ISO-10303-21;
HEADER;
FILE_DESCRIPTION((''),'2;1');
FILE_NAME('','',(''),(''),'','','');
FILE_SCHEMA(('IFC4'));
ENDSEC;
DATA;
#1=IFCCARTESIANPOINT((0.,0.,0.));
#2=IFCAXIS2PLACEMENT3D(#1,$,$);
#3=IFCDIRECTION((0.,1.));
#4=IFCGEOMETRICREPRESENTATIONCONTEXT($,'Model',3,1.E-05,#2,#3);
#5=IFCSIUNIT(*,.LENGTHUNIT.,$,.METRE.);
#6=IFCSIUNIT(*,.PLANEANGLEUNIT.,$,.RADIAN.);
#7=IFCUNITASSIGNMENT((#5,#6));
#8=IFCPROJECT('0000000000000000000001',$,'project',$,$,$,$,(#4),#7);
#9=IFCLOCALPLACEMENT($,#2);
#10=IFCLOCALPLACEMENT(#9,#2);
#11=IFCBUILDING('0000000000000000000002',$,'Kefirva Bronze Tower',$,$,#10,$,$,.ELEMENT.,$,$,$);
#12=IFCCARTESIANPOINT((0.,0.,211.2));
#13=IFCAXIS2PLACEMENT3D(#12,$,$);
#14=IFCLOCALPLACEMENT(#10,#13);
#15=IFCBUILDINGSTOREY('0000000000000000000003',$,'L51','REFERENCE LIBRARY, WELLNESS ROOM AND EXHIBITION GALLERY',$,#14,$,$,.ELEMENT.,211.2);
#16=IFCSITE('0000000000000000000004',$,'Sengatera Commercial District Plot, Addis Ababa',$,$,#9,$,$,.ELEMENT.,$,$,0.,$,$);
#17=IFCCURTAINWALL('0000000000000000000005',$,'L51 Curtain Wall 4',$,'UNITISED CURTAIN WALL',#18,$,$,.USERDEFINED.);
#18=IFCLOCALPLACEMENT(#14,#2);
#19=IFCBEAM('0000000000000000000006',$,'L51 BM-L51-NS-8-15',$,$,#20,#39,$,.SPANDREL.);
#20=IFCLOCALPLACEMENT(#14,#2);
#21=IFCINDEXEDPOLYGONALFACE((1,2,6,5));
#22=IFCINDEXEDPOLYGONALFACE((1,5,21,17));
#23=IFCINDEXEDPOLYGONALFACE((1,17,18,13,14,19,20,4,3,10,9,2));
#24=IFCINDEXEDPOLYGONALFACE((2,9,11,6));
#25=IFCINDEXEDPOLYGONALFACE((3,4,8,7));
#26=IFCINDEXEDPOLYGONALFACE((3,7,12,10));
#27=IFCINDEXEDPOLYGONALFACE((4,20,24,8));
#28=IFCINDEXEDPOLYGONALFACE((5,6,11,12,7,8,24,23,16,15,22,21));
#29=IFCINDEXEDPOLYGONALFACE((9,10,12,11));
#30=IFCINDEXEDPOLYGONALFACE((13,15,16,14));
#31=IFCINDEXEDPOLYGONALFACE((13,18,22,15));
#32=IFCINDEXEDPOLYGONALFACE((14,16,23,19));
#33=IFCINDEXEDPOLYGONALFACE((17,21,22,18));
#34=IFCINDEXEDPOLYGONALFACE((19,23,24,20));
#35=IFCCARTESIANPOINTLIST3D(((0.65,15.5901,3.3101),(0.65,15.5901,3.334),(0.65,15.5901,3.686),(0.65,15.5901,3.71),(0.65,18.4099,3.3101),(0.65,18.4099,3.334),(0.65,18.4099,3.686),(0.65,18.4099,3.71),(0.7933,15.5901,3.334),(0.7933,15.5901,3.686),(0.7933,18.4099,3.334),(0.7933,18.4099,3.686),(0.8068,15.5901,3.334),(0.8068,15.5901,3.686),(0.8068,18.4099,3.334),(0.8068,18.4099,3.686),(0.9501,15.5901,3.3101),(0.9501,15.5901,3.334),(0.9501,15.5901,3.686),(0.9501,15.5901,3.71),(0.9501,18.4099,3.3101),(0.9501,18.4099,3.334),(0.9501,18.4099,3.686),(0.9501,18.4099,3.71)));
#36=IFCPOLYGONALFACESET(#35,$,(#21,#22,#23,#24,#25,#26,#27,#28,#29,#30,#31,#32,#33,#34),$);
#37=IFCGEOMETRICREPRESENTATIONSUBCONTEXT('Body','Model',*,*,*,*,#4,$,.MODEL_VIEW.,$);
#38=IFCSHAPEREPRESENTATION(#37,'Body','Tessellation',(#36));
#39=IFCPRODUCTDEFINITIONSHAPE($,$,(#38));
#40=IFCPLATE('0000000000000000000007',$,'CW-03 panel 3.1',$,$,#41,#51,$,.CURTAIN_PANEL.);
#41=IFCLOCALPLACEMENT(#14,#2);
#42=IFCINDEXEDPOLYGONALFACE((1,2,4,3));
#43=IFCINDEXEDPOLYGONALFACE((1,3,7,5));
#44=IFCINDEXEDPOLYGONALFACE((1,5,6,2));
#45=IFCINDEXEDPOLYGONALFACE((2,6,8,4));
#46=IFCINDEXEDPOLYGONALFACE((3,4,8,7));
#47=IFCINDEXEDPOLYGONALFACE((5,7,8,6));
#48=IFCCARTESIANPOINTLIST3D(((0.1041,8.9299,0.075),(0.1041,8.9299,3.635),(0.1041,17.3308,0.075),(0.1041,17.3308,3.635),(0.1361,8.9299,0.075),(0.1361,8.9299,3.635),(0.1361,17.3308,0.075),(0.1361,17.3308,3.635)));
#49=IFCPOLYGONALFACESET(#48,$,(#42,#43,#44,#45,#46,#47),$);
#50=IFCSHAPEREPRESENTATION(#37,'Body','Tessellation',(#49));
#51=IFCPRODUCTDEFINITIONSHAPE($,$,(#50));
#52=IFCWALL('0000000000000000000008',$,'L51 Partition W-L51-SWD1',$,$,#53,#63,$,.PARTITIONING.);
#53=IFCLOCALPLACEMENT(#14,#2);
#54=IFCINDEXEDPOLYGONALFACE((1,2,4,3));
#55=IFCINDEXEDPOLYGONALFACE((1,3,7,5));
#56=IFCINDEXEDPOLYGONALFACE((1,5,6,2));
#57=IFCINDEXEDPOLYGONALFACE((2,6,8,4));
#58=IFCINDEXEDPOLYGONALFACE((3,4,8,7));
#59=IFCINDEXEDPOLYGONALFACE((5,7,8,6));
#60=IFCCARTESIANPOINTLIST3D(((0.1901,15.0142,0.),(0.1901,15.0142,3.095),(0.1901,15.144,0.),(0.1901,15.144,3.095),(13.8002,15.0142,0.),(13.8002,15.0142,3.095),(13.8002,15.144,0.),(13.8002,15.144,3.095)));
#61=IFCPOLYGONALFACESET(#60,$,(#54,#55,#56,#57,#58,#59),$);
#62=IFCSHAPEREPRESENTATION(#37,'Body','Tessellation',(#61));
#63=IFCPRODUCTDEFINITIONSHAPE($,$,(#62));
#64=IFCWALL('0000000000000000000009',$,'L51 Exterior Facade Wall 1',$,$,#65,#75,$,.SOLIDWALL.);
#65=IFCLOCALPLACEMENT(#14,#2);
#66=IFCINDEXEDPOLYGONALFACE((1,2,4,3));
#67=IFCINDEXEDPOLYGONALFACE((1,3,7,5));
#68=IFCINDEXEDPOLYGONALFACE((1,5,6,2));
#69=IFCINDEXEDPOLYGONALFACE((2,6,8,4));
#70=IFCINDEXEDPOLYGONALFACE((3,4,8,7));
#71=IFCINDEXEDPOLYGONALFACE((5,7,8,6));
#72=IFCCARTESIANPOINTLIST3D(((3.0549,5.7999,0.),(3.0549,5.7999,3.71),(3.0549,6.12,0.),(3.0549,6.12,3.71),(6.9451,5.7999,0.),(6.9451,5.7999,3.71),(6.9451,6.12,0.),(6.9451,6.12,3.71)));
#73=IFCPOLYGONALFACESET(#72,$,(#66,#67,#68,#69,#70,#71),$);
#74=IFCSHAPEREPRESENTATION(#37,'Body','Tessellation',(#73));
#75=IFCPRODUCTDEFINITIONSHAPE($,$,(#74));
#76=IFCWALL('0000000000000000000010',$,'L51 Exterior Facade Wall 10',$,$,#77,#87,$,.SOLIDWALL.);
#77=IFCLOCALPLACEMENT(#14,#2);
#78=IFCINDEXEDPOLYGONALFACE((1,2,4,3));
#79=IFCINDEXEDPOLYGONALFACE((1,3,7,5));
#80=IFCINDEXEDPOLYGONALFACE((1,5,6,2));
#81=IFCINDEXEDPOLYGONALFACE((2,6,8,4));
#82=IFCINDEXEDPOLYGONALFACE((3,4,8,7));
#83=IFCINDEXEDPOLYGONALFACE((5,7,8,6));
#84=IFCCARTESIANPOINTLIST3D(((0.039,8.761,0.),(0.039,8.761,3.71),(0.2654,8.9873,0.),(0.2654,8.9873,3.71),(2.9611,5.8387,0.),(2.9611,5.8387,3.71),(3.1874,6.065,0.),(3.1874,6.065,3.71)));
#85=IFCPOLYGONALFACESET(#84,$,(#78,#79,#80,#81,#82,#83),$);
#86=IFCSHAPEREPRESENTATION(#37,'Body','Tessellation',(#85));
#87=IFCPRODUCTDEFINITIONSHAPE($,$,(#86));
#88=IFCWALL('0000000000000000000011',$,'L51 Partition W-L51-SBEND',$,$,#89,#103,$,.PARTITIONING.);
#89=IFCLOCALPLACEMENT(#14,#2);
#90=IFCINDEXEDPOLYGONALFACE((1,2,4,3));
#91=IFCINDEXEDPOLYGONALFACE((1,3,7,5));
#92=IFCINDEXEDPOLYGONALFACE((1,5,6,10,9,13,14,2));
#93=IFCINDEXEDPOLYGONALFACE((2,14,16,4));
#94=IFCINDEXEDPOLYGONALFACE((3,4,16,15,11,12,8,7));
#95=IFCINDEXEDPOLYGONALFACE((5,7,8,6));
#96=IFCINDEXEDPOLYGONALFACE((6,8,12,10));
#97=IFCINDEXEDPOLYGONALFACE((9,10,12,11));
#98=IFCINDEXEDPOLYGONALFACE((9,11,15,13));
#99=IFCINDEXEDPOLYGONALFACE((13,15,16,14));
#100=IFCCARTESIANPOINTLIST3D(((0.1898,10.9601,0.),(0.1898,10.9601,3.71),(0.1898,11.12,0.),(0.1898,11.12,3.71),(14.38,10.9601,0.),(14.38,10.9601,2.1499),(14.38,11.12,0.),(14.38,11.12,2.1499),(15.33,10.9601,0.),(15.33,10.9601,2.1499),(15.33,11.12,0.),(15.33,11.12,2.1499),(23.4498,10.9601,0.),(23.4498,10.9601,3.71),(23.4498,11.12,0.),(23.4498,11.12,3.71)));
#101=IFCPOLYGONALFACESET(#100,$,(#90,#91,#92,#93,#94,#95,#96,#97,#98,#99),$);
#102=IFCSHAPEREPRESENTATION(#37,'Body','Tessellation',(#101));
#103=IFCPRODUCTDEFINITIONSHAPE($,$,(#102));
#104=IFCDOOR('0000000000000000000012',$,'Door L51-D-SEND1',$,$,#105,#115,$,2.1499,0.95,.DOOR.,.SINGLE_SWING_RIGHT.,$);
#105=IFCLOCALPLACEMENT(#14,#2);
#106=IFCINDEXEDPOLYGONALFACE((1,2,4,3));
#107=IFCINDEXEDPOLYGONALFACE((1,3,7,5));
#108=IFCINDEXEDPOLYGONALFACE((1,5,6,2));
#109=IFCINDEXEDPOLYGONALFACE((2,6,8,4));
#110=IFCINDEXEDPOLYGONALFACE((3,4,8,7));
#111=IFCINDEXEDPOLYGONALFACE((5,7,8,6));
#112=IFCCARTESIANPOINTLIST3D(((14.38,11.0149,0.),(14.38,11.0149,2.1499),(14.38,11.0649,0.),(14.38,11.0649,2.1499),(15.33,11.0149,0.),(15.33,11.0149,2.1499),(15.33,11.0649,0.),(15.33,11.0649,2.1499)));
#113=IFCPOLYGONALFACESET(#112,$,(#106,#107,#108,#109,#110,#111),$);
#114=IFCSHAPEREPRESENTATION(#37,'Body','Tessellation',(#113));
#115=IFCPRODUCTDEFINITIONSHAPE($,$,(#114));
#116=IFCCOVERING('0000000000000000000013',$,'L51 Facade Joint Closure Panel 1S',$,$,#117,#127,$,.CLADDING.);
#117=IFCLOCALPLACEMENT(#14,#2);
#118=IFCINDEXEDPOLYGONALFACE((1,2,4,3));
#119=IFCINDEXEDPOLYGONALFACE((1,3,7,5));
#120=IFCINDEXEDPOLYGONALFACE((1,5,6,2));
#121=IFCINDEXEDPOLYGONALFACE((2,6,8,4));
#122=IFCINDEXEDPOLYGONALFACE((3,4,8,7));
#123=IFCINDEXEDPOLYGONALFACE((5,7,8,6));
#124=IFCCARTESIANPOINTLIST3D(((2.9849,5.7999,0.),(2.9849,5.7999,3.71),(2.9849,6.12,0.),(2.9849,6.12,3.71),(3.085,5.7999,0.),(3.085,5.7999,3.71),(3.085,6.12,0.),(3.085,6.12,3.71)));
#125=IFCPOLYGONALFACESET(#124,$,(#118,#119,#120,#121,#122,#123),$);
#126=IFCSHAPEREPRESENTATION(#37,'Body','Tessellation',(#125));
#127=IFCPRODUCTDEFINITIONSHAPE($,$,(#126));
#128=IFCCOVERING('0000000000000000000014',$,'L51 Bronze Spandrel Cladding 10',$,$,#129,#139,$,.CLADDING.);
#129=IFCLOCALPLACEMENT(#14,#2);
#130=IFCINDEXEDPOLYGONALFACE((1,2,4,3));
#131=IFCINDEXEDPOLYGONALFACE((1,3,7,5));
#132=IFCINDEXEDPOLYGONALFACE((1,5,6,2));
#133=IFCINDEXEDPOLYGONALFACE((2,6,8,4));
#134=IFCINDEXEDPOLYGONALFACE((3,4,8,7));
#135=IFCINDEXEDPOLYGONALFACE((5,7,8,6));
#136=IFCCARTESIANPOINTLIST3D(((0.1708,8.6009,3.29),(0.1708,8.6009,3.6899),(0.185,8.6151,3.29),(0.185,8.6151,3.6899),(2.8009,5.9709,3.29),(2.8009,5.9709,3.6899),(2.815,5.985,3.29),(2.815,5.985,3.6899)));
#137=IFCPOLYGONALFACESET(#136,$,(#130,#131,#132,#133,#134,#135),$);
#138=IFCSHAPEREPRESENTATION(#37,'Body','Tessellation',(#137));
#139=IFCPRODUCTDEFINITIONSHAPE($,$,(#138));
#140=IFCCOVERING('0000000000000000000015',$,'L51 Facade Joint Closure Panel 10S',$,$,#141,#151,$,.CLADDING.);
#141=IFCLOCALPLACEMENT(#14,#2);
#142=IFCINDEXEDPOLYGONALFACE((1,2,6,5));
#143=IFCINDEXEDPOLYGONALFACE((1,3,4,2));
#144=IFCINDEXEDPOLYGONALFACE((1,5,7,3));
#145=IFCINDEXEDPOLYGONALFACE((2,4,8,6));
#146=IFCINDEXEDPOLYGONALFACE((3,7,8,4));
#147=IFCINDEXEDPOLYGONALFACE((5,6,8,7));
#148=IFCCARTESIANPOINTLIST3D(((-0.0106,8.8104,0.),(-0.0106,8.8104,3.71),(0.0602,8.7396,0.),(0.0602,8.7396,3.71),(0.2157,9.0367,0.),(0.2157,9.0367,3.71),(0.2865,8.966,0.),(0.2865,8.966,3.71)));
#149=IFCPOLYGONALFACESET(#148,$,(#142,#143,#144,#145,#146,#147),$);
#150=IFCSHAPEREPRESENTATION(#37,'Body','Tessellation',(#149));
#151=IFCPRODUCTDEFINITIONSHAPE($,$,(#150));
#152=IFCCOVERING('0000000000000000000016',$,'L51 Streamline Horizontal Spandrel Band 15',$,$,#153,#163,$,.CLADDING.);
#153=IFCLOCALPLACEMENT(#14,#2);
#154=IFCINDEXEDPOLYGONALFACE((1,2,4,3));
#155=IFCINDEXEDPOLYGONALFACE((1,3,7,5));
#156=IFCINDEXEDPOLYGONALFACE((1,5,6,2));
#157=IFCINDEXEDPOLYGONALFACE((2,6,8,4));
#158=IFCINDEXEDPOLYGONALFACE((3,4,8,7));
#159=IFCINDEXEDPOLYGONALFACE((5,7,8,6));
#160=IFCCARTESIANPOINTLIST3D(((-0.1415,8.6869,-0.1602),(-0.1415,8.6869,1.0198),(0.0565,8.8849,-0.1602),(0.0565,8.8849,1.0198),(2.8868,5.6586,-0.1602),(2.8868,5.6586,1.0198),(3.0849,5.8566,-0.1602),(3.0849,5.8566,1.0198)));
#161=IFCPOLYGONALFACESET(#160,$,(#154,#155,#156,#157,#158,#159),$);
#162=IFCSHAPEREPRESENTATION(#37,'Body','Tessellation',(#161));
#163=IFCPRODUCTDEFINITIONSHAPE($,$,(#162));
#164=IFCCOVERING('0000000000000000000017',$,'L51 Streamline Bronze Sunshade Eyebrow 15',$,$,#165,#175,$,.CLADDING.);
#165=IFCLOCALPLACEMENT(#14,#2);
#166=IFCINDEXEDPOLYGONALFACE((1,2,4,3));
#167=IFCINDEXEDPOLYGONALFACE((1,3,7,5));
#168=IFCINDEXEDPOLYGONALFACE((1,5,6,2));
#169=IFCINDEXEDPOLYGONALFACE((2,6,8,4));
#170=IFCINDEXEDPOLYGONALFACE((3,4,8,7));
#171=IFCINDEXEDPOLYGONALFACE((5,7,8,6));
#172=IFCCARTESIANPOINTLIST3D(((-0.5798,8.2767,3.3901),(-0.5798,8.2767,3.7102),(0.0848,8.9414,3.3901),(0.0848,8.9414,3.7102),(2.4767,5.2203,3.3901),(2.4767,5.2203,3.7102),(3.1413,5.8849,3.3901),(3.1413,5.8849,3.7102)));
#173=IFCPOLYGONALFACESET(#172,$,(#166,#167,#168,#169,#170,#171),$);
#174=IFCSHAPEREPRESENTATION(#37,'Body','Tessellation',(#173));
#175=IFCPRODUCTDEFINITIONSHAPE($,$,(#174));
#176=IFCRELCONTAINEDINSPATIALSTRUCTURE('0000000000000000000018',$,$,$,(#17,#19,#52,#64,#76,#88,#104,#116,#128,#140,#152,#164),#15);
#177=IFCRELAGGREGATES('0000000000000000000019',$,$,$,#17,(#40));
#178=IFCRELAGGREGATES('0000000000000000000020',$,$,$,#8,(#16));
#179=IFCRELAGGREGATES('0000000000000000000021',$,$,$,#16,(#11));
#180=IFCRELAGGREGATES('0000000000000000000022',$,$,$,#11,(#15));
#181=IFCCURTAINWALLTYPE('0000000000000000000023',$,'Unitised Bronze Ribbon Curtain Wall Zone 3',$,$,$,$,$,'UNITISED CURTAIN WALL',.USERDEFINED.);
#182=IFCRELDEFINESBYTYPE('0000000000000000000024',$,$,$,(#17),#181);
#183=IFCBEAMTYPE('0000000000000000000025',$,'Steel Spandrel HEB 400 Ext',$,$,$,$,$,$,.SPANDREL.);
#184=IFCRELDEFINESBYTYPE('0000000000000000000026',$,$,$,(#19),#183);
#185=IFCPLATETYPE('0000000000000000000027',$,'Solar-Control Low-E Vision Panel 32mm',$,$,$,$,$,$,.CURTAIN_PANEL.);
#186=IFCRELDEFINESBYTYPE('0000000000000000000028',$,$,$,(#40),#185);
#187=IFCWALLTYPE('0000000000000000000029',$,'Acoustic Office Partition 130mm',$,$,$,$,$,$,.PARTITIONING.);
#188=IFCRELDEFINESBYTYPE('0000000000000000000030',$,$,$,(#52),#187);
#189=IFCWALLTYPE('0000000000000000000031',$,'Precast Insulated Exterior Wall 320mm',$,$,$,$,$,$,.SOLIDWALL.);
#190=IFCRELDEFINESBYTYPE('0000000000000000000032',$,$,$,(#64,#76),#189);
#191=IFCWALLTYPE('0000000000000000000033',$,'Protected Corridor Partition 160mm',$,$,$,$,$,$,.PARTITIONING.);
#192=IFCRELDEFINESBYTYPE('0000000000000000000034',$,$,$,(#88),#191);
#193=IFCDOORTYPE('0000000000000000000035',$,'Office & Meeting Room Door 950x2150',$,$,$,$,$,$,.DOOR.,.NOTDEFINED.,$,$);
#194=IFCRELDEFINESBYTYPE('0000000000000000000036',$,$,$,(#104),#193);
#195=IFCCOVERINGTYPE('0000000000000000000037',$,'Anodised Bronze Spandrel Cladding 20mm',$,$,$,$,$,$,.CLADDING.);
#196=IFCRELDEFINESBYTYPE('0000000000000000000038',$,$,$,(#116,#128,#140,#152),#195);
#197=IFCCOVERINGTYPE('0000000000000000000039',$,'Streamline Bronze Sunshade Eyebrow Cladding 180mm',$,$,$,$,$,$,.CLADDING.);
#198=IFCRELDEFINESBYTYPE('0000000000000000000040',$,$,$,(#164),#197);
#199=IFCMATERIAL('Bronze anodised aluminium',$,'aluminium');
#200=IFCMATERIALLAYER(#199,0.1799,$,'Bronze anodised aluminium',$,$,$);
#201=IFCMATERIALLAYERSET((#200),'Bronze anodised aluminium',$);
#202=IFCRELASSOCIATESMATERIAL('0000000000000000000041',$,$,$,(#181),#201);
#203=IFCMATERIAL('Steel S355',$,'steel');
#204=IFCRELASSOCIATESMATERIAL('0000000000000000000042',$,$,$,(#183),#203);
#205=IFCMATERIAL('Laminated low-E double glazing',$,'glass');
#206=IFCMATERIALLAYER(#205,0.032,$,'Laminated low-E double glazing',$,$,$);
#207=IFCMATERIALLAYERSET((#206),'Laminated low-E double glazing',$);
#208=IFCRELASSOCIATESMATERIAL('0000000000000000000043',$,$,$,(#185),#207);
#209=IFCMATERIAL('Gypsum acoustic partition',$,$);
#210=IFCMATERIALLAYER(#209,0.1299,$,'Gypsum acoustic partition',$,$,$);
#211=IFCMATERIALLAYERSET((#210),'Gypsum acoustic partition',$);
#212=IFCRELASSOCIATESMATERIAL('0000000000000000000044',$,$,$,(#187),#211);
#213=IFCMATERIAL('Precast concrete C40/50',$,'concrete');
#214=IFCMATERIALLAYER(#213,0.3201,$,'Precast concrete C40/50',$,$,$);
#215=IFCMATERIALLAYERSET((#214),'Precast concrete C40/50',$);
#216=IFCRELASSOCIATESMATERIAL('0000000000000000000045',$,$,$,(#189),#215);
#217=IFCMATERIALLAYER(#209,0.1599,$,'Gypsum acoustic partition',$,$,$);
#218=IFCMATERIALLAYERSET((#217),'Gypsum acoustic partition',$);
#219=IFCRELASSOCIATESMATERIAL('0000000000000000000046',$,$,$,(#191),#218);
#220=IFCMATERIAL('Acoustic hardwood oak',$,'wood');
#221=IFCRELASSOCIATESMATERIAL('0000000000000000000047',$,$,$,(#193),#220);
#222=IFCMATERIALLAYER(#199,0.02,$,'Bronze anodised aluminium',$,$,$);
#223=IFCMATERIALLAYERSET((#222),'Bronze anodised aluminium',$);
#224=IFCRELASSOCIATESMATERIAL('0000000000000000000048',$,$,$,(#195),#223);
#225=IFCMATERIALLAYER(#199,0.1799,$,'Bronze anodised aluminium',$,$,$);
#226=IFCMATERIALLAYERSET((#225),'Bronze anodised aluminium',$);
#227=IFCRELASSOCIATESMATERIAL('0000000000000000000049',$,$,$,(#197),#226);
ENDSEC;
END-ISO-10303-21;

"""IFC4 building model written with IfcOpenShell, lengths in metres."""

from ifc_helpers import new_model, si_unit, direction, frame, frame_2d, origin, origin_2d, place, context, subcontext, project, spatial, rectangle, i_section, extrude, material, layer, layer_set, material_profile, profile_set, type_object, element, fill, aggregate, save


model = new_model("IFC4")

# Units and contexts
model_context = context("Model", 3, precision=1e-05, world=origin(), true_north=direction((0.0, 1.0)))
body_context = subcontext(model_context, "Body", "Model", "MODEL_VIEW")
ifc_project = project(units=[si_unit("LENGTHUNIT", "METRE"), si_unit("PLANEANGLEUNIT", "RADIAN")], contexts=[model_context])

# Site, building, storey
site_placement = place(None, origin())
site = spatial("IfcSite", under=ifc_project, at=site_placement, Name="Sengatera Commercial District Plot, Addis Ababa", CompositionType="ELEMENT", RefElevation=0.0)
building_placement = place(site_placement, origin())
building = spatial("IfcBuilding", under=site, at=building_placement, Name="Kefirva Bronze Tower", CompositionType="ELEMENT")
storey_placement = place(building_placement, frame((0.0, 0.0, 211.2)))
storey = spatial("IfcBuildingStorey", under=building, at=storey_placement, Name="L51", Description="REFERENCE LIBRARY, WELLNESS ROOM AND EXHIBITION GALLERY", CompositionType="ELEMENT", Elevation=211.2)

# Curtain wall
ifc_material_1 = material(Name="Bronze anodised aluminium", Category="aluminium")
ifc_layer_1 = layer(ifc_material_1, 0.1799, Name="Bronze anodised aluminium")
ifc_layer_set_1 = layer_set([ifc_layer_1], Name="Bronze anodised aluminium")
curtain_wall_type = type_object("IfcCurtainWallType", Name="Unitised Bronze Ribbon Curtain Wall Zone 3", ElementType="UNITISED CURTAIN WALL", PredefinedType="USERDEFINED", material=ifc_layer_set_1)
curtain_wall_placement = place(storey_placement, origin())
curtain_wall = element("IfcCurtainWall", 1, at=curtain_wall_placement, inside=storey, type_object=curtain_wall_type, Name="L51 Curtain Wall 4", ObjectType="UNITISED CURTAIN WALL", PredefinedType="USERDEFINED")

# Beam
ifc_material_2 = material(Name="Steel S355", Category="steel")
ifc_material_profile_1 = material_profile(ifc_material_2, i_section(OverallWidth=0.3, OverallDepth=0.3999, WebThickness=0.0134, FlangeThickness=0.0239, at=origin_2d()), Name="HEB 400")
ifc_profile_set_1 = profile_set([ifc_material_profile_1], Name="Steel S355")
beam_type_1 = type_object("IfcBeamType", Name="Steel Spandrel HEB 400 Ext", PredefinedType="SPANDREL", material=ifc_profile_set_1)
beam_1_placement = place(storey_placement, frame((0.8, 15.5901, 3.51), z_axis=(0.0, 1.0, 0.0), x_axis=(-1.0, 0.0, 0.0)))
element("IfcBeam", 2, at=beam_1_placement, inside=storey, type_object=beam_type_1, Name="L51 BM-L51-NS-8-15", PredefinedType="SPANDREL", context=body_context, shape_type="SweptSolid", body=[
    extrude(i_section(OverallWidth=0.3, OverallDepth=0.3999, WebThickness=0.0134, FlangeThickness=0.0239, at=origin_2d()), origin(), (0.0, 0.0, 1.0), 2.8198),
])

# Plate
ifc_material_3 = material(Name="Laminated low-E double glazing", Category="glass")
ifc_layer_2 = layer(ifc_material_3, 0.032, Name="Laminated low-E double glazing")
ifc_layer_set_2 = layer_set([ifc_layer_2], Name="Laminated low-E double glazing")
plate_type = type_object("IfcPlateType", Name="Solar-Control Low-E Vision Panel 32mm", PredefinedType="CURTAIN_PANEL", material=ifc_layer_set_2)
plate_placement = place(storey_placement, frame((0.1201, 13.1304, 0.075), z_axis=(0.0, 0.0, 1.0), x_axis=(0.0, -1.0, 0.0)))
plate = element("IfcPlate", 3, at=plate_placement, type_object=plate_type, Name="CW-03 panel 3.1", PredefinedType="CURTAIN_PANEL", context=body_context, shape_type="SweptSolid", body=[
    extrude(rectangle(XDim=8.4009, YDim=0.032, at=origin_2d()), origin(), (0.0, 0.0, 1.0), 3.5601),
])
aggregate(curtain_wall, [plate])

# Walls
ifc_material_4 = material(Name="Gypsum acoustic partition")
ifc_layer_3 = layer(ifc_material_4, 0.1299, Name="Gypsum acoustic partition")
ifc_layer_set_3 = layer_set([ifc_layer_3], Name="Gypsum acoustic partition")
wall_type_1 = type_object("IfcWallType", Name="Acoustic Office Partition 130mm", PredefinedType="PARTITIONING", material=ifc_layer_set_3)
wall_1_placement = place(storey_placement, frame((0.1899, 15.0791, 0.0), z_axis=(0.0, 0.0, 1.0), x_axis=(1.0, 0.0, 0.0)))
element("IfcWall", 4, at=wall_1_placement, inside=storey, type_object=wall_type_1, Name="L51 Partition W-L51-SWD1", PredefinedType="PARTITIONING", context=body_context, shape_type="SweptSolid", body=[
    extrude(rectangle(XDim=13.6101, YDim=0.1299, at=frame_2d((6.8052, 0.0))), origin(), (0.0, 0.0, 1.0), 3.095),
])
ifc_material_5 = material(Name="Precast concrete C40/50", Category="concrete")
ifc_layer_4 = layer(ifc_material_5, 0.3201, Name="Precast concrete C40/50")
ifc_layer_set_4 = layer_set([ifc_layer_4], Name="Precast concrete C40/50")
wall_type_2 = type_object("IfcWallType", Name="Precast Insulated Exterior Wall 320mm", PredefinedType="SOLIDWALL", material=ifc_layer_set_4)
wall_2_placement = place(storey_placement, frame((3.0549, 5.96, 0.0), z_axis=(0.0, 0.0, 1.0), x_axis=(1.0, 0.0, 0.0)))
element("IfcWall", 5, at=wall_2_placement, inside=storey, type_object=wall_type_2, Name="L51 Exterior Facade Wall 1", PredefinedType="SOLIDWALL", context=body_context, shape_type="SweptSolid", body=[
    extrude(rectangle(XDim=3.8901, YDim=0.3201, at=frame_2d((1.9451, 0.0))), origin(), (0.0, 0.0, 1.0), 3.71),
])
wall_3_placement = place(storey_placement, frame((0.1521, 8.8743, 0.0), z_axis=(0.0, 0.0, 1.0), x_axis=(0.707077, -0.707136, 0.0)))
element("IfcWall", 6, at=wall_3_placement, inside=storey, type_object=wall_type_2, Name="L51 Exterior Facade Wall 10", PredefinedType="SOLIDWALL", context=body_context, shape_type="SweptSolid", body=[
    extrude(rectangle(XDim=4.1326, YDim=0.3201, at=frame_2d((2.0664, 0.0))), origin(), (0.0, 0.0, 1.0), 3.71),
])

# Wall, opening, door
ifc_layer_5 = layer(ifc_material_4, 0.1599, Name="Gypsum acoustic partition")
ifc_layer_set_5 = layer_set([ifc_layer_5], Name="Gypsum acoustic partition")
wall_type_3 = type_object("IfcWallType", Name="Protected Corridor Partition 160mm", PredefinedType="PARTITIONING", material=ifc_layer_set_5)
wall_4_placement = place(storey_placement, frame((0.1899, 11.04, 0.0), z_axis=(0.0, 0.0, 1.0), x_axis=(1.0, 0.0, 0.0)))
wall_4 = element("IfcWall", 7, at=wall_4_placement, inside=storey, type_object=wall_type_3, Name="L51 Partition W-L51-SBEND", PredefinedType="PARTITIONING", context=body_context, shape_type="SweptSolid", body=[
    extrude(rectangle(XDim=23.26, YDim=0.1599, at=frame_2d((11.6299, 0.0))), origin(), (0.0, 0.0, 1.0), 3.71),
])
opening_placement = place(wall_4_placement, frame((14.1899, 0.0, 0.0)))
opening = element("IfcOpeningElement", 8, at=opening_placement, cuts=wall_4, PredefinedType="OPENING", context=body_context, shape_type="SweptSolid", body=[
    extrude(rectangle(XDim=0.95, YDim=2.1499, at=frame_2d((0.4751, 1.075))), frame((0.0, 0.0898, 0.0), z_axis=(0.0, -1.0, 0.0), x_axis=(1.0, 0.0, 0.0)), (0.0, 0.0, 1.0), 0.1799),
])
ifc_material_6 = material(Name="Acoustic hardwood oak", Category="wood")
door_type = type_object("IfcDoorType", Name="Office & Meeting Room Door 950x2150", OperationType="NOTDEFINED", PredefinedType="DOOR", material=ifc_material_6)
door_placement = place(opening_placement, origin())
door = element("IfcDoor", 9, at=door_placement, inside=storey, type_object=door_type, Name="Door L51-D-SEND1", OperationType="SINGLE_SWING_RIGHT", OverallHeight=2.1499, OverallWidth=0.95, PredefinedType="DOOR", context=body_context, shape_type="SweptSolid", body=[
    extrude(rectangle(XDim=0.95, YDim=2.1499, at=frame_2d((0.4751, 1.075))), frame((0.0, 0.0249, 0.0), z_axis=(0.0, -1.0, 0.0), x_axis=(1.0, 0.0, 0.0)), (0.0, 0.0, 1.0), 0.05),
])
fill(opening, door)

# Coverings
ifc_layer_6 = layer(ifc_material_1, 0.02, Name="Bronze anodised aluminium")
ifc_layer_set_6 = layer_set([ifc_layer_6], Name="Bronze anodised aluminium")
covering_type_1 = type_object("IfcCoveringType", Name="Anodised Bronze Spandrel Cladding 20mm", PredefinedType="CLADDING", material=ifc_layer_set_6)
covering_1_placement = place(storey_placement, frame((3.0349, 5.96, 0.0), z_axis=(0.0, 0.0, 1.0), x_axis=(1.0, 0.0, 0.0)))
element("IfcCovering", 10, at=covering_1_placement, inside=storey, type_object=covering_type_1, Name="L51 Facade Joint Closure Panel 1S", PredefinedType="CLADDING", context=body_context, shape_type="SweptSolid", body=[
    extrude(rectangle(XDim=0.1001, YDim=0.3201, at=origin_2d()), origin(), (0.0, 0.0, 1.0), 3.71),
])
covering_2_placement = place(storey_placement, frame((1.4929, 7.293, 3.29), z_axis=(0.0, 0.0, 1.0), x_axis=(0.707107, -0.707107, 0.0)))
element("IfcCovering", 11, at=covering_2_placement, inside=storey, type_object=covering_type_1, Name="L51 Bronze Spandrel Cladding 10", PredefinedType="CLADDING", context=body_context, shape_type="SweptSolid", body=[
    extrude(rectangle(XDim=3.7195, YDim=0.02, at=origin_2d()), origin(), (0.0, 0.0, 1.0), 0.3999),
])
covering_3_placement = place(storey_placement, frame((0.1379, 8.8882, 0.0), z_axis=(0.0, 0.0, 1.0), x_axis=(0.707107, -0.707107, 0.0)))
element("IfcCovering", 12, at=covering_3_placement, inside=storey, type_object=covering_type_1, Name="L51 Facade Joint Closure Panel 10S", PredefinedType="CLADDING", context=body_context, shape_type="SweptSolid", body=[
    extrude(rectangle(XDim=0.1001, YDim=0.3201, at=origin_2d()), origin(), (0.0, 0.0, 1.0), 3.71),
])
covering_4_placement = place(storey_placement, frame((1.4717, 7.2717, -0.1602), z_axis=(0.0, 0.0, 1.0), x_axis=(0.707107, -0.707107, 0.0)))
element("IfcCovering", 13, at=covering_4_placement, inside=storey, type_object=covering_type_1, Name="L51 Streamline Horizontal Spandrel Band 15", PredefinedType="CLADDING", context=body_context, shape_type="SweptSolid", body=[
    extrude(rectangle(XDim=4.2827, YDim=0.28, at=origin_2d()), origin(), (0.0, 0.0, 1.0), 1.1799),
])
ifc_layer_7 = layer(ifc_material_1, 0.1799, Name="Bronze anodised aluminium")
ifc_layer_set_7 = layer_set([ifc_layer_7], Name="Bronze anodised aluminium")
covering_type_2 = type_object("IfcCoveringType", Name="Streamline Bronze Sunshade Eyebrow Cladding 180mm", PredefinedType="CLADDING", material=ifc_layer_set_7)
covering_5_placement = place(storey_placement, frame((1.2808, 7.0808, 3.3901), z_axis=(0.0, 0.0, 1.0), x_axis=(0.707107, -0.707107, 0.0)))
element("IfcCovering", 14, at=covering_5_placement, inside=storey, type_object=covering_type_2, Name="L51 Streamline Bronze Sunshade Eyebrow 15", PredefinedType="CLADDING", context=body_context, shape_type="SweptSolid", body=[
    extrude(rectangle(XDim=4.3225, YDim=0.9399, at=origin_2d()), origin(), (0.0, 0.0, 1.0), 0.3201),
])

save(model, "model.ifc")
